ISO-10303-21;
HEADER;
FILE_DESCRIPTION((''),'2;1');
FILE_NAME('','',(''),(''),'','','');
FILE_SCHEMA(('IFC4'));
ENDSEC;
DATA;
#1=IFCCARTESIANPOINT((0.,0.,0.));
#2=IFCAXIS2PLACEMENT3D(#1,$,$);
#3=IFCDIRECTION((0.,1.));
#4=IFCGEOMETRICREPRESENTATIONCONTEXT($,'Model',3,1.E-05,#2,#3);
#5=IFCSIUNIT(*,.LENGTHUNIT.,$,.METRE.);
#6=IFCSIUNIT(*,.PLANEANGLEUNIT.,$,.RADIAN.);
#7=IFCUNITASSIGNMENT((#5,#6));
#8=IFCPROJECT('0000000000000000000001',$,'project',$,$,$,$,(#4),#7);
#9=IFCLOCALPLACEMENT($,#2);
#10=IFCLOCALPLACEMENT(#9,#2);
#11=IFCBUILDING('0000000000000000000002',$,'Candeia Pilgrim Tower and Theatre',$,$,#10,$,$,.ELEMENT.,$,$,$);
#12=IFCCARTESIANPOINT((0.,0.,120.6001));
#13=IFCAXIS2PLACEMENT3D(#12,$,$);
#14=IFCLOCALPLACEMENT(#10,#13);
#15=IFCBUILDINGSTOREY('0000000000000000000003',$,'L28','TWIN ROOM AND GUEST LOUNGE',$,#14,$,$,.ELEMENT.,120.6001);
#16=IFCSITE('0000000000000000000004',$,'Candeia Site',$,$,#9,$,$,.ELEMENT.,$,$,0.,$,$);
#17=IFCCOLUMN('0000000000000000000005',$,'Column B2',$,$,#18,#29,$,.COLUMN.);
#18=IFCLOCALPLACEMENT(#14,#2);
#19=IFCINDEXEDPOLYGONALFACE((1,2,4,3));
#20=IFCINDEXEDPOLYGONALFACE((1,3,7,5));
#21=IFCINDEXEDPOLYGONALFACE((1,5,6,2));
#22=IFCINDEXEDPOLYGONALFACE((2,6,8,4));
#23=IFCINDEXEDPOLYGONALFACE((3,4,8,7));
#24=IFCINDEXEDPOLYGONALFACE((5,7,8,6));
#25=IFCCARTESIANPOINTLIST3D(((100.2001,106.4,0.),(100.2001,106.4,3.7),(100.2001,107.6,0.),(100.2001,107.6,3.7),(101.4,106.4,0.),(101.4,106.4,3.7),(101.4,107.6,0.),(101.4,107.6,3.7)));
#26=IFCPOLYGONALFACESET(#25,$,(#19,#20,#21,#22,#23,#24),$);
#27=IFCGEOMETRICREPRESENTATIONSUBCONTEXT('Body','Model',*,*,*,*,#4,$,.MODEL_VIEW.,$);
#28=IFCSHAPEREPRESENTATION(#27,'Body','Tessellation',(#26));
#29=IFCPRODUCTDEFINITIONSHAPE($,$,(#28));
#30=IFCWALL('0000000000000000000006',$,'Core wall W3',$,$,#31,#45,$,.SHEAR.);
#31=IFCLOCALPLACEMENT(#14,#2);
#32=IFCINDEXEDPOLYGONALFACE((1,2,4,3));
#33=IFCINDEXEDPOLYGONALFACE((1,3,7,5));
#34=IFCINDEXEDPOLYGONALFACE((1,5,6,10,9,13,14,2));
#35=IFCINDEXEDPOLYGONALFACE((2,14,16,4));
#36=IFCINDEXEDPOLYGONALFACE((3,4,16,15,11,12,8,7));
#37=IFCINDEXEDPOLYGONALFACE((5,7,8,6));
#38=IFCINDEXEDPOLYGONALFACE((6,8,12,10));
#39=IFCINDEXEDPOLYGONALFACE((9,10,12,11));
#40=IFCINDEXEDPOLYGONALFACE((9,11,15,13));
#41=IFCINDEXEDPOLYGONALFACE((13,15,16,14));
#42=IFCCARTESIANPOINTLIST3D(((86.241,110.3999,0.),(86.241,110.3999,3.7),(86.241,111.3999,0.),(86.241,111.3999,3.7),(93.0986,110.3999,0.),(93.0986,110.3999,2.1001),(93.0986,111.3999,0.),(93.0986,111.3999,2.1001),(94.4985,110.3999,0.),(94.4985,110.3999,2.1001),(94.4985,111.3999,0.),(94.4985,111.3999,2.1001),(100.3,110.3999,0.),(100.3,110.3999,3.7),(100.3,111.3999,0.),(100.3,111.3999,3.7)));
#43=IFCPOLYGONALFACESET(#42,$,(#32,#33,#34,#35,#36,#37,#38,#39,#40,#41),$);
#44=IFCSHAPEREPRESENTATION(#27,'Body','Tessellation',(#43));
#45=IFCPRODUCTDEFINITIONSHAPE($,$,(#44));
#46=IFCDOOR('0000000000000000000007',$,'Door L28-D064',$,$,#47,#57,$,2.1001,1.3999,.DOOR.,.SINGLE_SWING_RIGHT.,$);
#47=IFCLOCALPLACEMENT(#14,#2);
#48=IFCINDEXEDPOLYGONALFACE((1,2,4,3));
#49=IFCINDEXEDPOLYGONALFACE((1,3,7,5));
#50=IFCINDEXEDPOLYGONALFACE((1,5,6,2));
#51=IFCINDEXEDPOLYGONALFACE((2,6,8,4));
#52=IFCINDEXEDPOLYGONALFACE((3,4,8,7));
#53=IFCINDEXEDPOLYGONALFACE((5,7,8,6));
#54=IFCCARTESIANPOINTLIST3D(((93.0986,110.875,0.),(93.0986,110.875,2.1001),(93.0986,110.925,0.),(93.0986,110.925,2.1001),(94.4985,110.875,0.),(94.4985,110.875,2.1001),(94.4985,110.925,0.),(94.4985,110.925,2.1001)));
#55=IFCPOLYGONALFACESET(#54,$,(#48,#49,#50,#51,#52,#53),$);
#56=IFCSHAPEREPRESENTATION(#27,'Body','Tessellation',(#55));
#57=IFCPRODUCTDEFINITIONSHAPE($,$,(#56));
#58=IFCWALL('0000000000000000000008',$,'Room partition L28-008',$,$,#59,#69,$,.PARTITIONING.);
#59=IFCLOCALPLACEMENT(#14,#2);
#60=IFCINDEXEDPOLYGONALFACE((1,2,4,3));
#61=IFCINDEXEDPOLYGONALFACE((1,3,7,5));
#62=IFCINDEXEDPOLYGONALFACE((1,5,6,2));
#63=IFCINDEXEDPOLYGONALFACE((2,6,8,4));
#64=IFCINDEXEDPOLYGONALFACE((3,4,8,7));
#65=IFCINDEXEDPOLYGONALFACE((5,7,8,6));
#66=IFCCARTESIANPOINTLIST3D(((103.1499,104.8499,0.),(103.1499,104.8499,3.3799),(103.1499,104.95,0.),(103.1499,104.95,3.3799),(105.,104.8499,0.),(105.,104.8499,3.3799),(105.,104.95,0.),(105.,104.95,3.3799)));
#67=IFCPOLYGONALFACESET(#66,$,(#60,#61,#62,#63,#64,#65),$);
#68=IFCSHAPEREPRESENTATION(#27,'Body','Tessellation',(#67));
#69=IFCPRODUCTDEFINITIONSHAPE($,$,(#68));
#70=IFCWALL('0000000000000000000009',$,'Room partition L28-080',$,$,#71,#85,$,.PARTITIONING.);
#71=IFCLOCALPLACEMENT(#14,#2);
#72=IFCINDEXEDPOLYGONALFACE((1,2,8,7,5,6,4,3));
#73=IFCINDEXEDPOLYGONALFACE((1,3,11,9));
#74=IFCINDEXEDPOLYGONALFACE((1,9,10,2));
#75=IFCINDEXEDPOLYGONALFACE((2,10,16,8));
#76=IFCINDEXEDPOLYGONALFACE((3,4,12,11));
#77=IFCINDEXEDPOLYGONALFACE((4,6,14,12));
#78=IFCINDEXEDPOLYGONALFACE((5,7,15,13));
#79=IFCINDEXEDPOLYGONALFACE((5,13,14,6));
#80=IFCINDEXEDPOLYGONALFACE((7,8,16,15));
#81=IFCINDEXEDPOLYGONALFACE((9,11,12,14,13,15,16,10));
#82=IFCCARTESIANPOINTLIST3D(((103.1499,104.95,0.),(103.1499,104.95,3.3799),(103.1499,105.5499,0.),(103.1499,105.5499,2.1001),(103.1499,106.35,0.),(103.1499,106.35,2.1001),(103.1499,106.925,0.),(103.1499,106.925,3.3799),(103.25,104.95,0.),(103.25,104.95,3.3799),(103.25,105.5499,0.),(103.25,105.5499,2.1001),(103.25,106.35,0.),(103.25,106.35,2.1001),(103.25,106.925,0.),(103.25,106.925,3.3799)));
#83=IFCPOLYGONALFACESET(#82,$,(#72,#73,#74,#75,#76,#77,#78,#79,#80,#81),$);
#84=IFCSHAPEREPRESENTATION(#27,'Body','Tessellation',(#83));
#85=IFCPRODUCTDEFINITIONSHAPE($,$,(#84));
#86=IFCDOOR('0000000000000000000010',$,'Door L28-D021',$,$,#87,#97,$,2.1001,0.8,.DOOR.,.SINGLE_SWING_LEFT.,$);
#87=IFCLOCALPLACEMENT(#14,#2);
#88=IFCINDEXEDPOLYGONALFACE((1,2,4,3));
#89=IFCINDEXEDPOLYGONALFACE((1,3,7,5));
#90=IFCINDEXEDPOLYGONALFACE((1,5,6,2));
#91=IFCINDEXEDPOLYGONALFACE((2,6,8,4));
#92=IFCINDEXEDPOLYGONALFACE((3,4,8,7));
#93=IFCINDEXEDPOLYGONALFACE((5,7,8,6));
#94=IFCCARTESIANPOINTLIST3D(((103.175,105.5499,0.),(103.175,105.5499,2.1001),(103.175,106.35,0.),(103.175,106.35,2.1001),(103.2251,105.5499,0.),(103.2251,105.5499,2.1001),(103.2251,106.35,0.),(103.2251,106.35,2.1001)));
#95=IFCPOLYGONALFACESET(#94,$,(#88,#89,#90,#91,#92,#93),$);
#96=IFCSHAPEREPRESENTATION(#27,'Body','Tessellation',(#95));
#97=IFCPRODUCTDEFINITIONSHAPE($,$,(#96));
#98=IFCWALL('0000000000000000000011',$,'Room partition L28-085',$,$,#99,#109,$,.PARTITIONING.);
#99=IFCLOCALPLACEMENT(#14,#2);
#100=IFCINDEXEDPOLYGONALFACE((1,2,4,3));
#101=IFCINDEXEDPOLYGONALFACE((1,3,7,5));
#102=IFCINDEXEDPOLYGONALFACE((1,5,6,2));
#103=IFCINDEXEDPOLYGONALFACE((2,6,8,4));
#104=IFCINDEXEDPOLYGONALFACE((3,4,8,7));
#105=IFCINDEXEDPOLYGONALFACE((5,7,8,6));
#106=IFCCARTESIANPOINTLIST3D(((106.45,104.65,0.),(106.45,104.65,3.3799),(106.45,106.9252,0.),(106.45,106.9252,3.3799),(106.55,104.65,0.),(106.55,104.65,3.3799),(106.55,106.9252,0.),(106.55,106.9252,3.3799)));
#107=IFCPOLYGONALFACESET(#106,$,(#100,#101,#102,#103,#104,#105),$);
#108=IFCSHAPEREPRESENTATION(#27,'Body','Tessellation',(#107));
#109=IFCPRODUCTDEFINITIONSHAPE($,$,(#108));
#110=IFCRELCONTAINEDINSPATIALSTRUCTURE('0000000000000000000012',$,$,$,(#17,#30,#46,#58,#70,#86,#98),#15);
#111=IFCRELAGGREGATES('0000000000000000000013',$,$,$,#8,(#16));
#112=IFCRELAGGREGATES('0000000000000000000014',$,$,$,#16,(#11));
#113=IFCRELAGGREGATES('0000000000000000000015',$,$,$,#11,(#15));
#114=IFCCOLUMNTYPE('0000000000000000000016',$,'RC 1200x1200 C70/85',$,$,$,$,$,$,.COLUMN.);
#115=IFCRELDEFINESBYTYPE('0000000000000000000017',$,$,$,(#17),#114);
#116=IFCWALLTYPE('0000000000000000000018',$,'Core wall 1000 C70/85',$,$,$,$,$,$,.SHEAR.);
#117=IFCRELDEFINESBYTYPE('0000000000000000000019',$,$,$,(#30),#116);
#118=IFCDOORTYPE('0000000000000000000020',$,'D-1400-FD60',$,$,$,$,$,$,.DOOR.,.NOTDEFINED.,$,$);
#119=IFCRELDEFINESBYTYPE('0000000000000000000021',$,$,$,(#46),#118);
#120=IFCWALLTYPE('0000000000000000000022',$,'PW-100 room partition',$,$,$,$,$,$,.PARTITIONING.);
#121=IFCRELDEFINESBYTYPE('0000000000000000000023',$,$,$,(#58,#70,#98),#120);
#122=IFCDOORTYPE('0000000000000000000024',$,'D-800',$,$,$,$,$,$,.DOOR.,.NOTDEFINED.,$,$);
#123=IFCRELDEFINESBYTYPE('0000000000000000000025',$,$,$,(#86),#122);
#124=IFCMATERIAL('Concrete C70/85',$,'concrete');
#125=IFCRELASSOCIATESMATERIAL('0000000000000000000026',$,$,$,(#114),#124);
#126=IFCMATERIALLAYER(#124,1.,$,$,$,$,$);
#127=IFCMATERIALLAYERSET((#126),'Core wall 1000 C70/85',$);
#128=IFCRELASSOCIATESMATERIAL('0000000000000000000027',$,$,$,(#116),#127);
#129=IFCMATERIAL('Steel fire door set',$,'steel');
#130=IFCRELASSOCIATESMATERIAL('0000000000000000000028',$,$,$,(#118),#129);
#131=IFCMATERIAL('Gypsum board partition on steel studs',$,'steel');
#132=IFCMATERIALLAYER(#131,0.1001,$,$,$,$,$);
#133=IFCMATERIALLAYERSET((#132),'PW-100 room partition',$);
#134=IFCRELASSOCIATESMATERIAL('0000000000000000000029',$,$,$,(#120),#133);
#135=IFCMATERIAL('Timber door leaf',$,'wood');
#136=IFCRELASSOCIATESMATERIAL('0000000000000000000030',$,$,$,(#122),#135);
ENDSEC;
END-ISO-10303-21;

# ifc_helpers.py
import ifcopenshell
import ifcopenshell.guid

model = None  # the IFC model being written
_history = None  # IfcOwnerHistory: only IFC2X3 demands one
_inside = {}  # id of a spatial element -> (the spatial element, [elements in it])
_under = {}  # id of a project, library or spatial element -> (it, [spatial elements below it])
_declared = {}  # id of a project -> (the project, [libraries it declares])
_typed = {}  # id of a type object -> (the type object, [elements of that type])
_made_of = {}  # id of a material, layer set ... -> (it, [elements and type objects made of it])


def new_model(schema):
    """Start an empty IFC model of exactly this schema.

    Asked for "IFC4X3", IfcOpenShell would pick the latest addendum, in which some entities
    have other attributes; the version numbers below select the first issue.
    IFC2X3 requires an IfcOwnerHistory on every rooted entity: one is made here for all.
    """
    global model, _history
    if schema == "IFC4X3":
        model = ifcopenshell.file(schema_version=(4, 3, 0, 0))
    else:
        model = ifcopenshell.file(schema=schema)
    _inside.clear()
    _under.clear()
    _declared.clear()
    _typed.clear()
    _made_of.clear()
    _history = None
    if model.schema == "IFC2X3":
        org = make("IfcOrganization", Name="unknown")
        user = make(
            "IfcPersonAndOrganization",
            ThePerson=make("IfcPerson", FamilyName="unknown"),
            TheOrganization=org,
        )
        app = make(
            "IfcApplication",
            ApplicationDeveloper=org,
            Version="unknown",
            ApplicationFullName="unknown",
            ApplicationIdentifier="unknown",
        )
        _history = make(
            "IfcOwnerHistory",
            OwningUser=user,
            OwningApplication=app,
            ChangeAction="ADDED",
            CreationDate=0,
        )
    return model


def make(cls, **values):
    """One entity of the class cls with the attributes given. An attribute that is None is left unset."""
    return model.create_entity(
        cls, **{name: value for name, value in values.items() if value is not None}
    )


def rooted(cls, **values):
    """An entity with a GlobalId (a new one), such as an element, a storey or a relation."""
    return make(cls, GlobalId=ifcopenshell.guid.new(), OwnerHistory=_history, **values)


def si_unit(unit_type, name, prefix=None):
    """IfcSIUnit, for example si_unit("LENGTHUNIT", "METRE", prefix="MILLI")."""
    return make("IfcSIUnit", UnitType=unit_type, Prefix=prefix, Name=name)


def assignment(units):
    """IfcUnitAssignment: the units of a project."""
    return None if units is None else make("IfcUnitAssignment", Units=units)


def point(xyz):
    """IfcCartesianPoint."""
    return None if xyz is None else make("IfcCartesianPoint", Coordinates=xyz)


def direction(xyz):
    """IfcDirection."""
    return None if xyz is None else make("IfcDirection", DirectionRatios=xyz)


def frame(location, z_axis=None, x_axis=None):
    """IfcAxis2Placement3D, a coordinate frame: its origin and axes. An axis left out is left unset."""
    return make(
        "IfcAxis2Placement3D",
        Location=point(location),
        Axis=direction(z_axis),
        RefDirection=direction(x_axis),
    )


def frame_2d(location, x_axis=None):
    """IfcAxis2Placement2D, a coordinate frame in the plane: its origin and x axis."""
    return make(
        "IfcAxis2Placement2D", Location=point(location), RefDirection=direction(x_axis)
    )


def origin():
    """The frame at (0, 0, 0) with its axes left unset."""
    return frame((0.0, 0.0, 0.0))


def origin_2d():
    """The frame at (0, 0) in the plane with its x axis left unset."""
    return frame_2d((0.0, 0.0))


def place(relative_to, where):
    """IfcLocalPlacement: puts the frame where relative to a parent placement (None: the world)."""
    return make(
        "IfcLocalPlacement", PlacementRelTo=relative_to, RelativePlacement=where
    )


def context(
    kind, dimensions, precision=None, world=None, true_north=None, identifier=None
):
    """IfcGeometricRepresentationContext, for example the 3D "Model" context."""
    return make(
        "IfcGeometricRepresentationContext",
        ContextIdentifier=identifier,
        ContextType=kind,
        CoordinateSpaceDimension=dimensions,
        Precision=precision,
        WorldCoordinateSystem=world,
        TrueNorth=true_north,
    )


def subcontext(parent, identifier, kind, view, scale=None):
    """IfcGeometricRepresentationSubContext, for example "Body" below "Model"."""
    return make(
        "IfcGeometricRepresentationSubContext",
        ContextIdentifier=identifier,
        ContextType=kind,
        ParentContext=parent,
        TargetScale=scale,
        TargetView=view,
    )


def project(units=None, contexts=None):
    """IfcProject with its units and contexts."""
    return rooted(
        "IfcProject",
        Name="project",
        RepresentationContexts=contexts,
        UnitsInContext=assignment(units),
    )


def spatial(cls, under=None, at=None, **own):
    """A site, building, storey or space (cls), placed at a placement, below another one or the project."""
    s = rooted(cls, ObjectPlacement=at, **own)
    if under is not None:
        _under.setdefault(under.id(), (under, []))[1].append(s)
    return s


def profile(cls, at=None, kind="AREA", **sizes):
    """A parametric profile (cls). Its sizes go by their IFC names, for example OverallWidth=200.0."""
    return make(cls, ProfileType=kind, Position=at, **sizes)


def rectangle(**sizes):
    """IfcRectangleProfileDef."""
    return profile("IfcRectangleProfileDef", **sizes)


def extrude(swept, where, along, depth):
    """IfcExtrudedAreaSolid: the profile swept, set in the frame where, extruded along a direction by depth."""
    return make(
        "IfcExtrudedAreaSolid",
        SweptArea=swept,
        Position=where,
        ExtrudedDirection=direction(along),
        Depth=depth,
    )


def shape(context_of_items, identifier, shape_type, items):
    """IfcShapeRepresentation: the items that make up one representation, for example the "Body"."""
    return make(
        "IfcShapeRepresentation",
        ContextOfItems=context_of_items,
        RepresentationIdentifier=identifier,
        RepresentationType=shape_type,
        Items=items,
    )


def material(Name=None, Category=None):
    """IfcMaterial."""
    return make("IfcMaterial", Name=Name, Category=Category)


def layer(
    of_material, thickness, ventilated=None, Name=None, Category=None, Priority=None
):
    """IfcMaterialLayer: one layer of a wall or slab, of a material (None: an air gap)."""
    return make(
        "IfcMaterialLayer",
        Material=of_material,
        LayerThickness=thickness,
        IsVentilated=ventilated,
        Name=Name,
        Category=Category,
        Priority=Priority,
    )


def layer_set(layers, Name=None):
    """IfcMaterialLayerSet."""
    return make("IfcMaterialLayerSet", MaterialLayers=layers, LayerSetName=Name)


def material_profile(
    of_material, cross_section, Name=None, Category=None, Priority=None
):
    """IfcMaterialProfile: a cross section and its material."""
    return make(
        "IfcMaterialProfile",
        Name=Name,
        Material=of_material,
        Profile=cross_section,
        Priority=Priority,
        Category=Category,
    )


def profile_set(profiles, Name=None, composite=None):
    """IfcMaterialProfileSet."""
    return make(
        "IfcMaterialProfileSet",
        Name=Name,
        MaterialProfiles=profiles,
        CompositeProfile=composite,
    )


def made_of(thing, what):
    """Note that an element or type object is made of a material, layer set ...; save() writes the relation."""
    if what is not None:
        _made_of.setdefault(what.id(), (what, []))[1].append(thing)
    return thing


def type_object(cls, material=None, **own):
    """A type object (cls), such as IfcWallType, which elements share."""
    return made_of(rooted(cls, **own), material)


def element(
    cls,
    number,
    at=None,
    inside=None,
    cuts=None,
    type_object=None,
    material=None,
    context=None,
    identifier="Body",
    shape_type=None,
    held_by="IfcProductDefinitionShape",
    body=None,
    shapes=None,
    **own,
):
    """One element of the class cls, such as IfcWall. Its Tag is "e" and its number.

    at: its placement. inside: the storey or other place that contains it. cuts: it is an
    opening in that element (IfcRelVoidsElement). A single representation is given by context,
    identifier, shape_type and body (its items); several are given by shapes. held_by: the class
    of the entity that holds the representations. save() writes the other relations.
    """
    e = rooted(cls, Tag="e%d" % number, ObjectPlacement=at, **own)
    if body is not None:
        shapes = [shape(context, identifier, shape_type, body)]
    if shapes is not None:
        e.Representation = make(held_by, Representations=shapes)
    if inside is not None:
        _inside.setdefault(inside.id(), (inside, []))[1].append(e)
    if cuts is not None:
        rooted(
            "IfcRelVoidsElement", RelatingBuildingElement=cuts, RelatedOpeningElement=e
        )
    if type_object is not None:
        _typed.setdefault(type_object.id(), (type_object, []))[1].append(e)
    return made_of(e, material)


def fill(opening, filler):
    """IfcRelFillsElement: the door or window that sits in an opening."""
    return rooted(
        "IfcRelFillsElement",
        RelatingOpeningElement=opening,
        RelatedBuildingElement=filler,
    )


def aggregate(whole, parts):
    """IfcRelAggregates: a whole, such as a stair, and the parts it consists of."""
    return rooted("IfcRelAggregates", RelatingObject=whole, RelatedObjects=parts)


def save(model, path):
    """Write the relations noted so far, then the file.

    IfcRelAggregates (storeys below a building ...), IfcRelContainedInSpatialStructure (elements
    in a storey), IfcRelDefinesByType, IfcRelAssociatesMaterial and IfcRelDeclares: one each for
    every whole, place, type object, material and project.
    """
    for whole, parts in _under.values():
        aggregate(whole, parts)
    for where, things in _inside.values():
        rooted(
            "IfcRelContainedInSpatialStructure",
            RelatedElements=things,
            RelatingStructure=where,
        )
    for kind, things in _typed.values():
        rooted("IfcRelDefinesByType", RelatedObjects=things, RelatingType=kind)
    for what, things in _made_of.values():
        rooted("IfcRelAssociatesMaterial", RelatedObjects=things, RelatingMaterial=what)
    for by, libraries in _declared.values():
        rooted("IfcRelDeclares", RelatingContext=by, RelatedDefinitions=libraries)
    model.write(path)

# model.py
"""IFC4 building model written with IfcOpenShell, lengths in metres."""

from ifc_helpers import new_model, si_unit, direction, frame, frame_2d, origin, origin_2d, place, context, subcontext, project, spatial, rectangle, extrude, material, layer, layer_set, material_profile, profile_set, type_object, element, fill, save


model = new_model("IFC4")

# Units and contexts
model_context = context("Model", 3, precision=1e-05, world=origin(), true_north=direction((0.0, 1.0)))
body_context = subcontext(model_context, "Body", "Model", "MODEL_VIEW")
ifc_project = project(units=[si_unit("LENGTHUNIT", "METRE"), si_unit("PLANEANGLEUNIT", "RADIAN")], contexts=[model_context])

# Site, building, storey
site_placement = place(None, origin())
site = spatial("IfcSite", under=ifc_project, at=site_placement, Name="Candeia Site", CompositionType="ELEMENT", RefElevation=0.0)
building_placement = place(site_placement, origin())
building = spatial("IfcBuilding", under=site, at=building_placement, Name="Candeia Pilgrim Tower and Theatre", CompositionType="ELEMENT")
storey_placement = place(building_placement, frame((0.0, 0.0, 120.6001)))
storey = spatial("IfcBuildingStorey", under=building, at=storey_placement, Name="L28", Description="TWIN ROOM AND GUEST LOUNGE", CompositionType="ELEMENT", Elevation=120.6001)

# Column
ifc_material_1 = material(Name="Concrete C70/85", Category="concrete")
ifc_material_profile = material_profile(ifc_material_1, rectangle(XDim=1.2, YDim=1.2, at=origin_2d()))
ifc_profile_set = profile_set([ifc_material_profile], Name="Concrete C70/85")
column_type = type_object("IfcColumnType", Name="RC 1200x1200 C70/85", PredefinedType="COLUMN", material=ifc_profile_set)
column_placement = place(storey_placement, frame((100.8, 107.0, 0.0), z_axis=(0.0, 0.0, 1.0), x_axis=(1.0, 0.0, 0.0)))
element("IfcColumn", 1, at=column_placement, inside=storey, type_object=column_type, Name="Column B2", PredefinedType="COLUMN", context=body_context, shape_type="SweptSolid", body=[
    extrude(rectangle(XDim=1.2, YDim=1.2, at=origin_2d()), origin(), (0.0, 0.0, 1.0), 3.7),
])

# Wall, opening, door
ifc_layer_1 = layer(ifc_material_1, 1.0)
ifc_layer_set_1 = layer_set([ifc_layer_1], Name="Core wall 1000 C70/85")
wall_type_1 = type_object("IfcWallType", Name="Core wall 1000 C70/85", PredefinedType="SHEAR", material=ifc_layer_set_1)
wall_1_placement = place(storey_placement, frame((100.3, 110.8999, 0.0), z_axis=(0.0, 0.0, 1.0), x_axis=(-1.0, 0.0, 0.0)))
wall_1 = element("IfcWall", 2, at=wall_1_placement, inside=storey, type_object=wall_type_1, Name="Core wall W3", PredefinedType="SHEAR", context=body_context, shape_type="SweptSolid", body=[
    extrude(rectangle(XDim=14.0591, YDim=1.0, at=frame_2d((7.0295, 0.0))), origin(), (0.0, 0.0, 1.0), 3.7),
])
opening_1_placement = place(wall_1_placement, frame((5.8015, 0.0, 0.0)))
opening_1 = element("IfcOpeningElement", 3, at=opening_1_placement, cuts=wall_1, PredefinedType="OPENING", context=body_context, shape_type="SweptSolid", body=[
    extrude(rectangle(XDim=1.3999, YDim=2.1001, at=frame_2d((0.7, 1.05))), frame((0.0, 0.51, 0.0), z_axis=(0.0, -1.0, 0.0), x_axis=(1.0, 0.0, 0.0)), (0.0, 0.0, 1.0), 1.02),
])
ifc_material_2 = material(Name="Steel fire door set", Category="steel")
door_type_1 = type_object("IfcDoorType", Name="D-1400-FD60", OperationType="NOTDEFINED", PredefinedType="DOOR", material=ifc_material_2)
door_1_placement = place(opening_1_placement, origin())
door_1 = element("IfcDoor", 4, at=door_1_placement, inside=storey, type_object=door_type_1, Name="Door L28-D064", OperationType="SINGLE_SWING_RIGHT", OverallHeight=2.1001, OverallWidth=1.3999, PredefinedType="DOOR", context=body_context, shape_type="SweptSolid", body=[
    extrude(rectangle(XDim=1.3999, YDim=2.1001, at=frame_2d((0.7, 1.05))), frame((0.0, 0.0249, 0.0), z_axis=(0.0, -1.0, 0.0), x_axis=(1.0, 0.0, 0.0)), (0.0, 0.0, 1.0), 0.05),
])
fill(opening_1, door_1)

# Wall
ifc_material_3 = material(Name="Gypsum board partition on steel studs", Category="steel")
ifc_layer_2 = layer(ifc_material_3, 0.1001)
ifc_layer_set_2 = layer_set([ifc_layer_2], Name="PW-100 room partition")
wall_type_2 = type_object("IfcWallType", Name="PW-100 room partition", PredefinedType="PARTITIONING", material=ifc_layer_set_2)
wall_2_placement = place(storey_placement, frame((103.1499, 104.8999, 0.0), z_axis=(0.0, 0.0, 1.0), x_axis=(1.0, 0.0, 0.0)))
element("IfcWall", 5, at=wall_2_placement, inside=storey, type_object=wall_type_2, Name="Room partition L28-008", PredefinedType="PARTITIONING", context=body_context, shape_type="SweptSolid", body=[
    extrude(rectangle(XDim=1.8501, YDim=0.1001, at=frame_2d((0.925, 0.0))), origin(), (0.0, 0.0, 1.0), 3.3799),
])

# Wall, opening, door
wall_3_placement = place(storey_placement, frame((103.2, 104.95, 0.0), z_axis=(0.0, 0.0, 1.0), x_axis=(0.0, 1.0, 0.0)))
wall_3 = element("IfcWall", 6, at=wall_3_placement, inside=storey, type_object=wall_type_2, Name="Room partition L28-080", PredefinedType="PARTITIONING", context=body_context, shape_type="SweptSolid", body=[
    extrude(rectangle(XDim=1.9751, YDim=0.1001, at=frame_2d((0.9875, 0.0))), origin(), (0.0, 0.0, 1.0), 3.3799),
])
opening_2_placement = place(wall_3_placement, frame((0.6001, 0.0, 0.0)))
opening_2 = element("IfcOpeningElement", 7, at=opening_2_placement, cuts=wall_3, PredefinedType="OPENING", context=body_context, shape_type="SweptSolid", body=[
    extrude(rectangle(XDim=0.8, YDim=2.1001, at=frame_2d((0.3999, 1.05))), frame((0.0, 0.0601, 0.0), z_axis=(0.0, -1.0, 0.0), x_axis=(1.0, 0.0, 0.0)), (0.0, 0.0, 1.0), 0.1201),
])
ifc_material_4 = material(Name="Timber door leaf", Category="wood")
door_type_2 = type_object("IfcDoorType", Name="D-800", OperationType="NOTDEFINED", PredefinedType="DOOR", material=ifc_material_4)
door_2_placement = place(opening_2_placement, origin())
door_2 = element("IfcDoor", 8, at=door_2_placement, inside=storey, type_object=door_type_2, Name="Door L28-D021", OperationType="SINGLE_SWING_LEFT", OverallHeight=2.1001, OverallWidth=0.8, PredefinedType="DOOR", context=body_context, shape_type="SweptSolid", body=[
    extrude(rectangle(XDim=0.8, YDim=2.1001, at=frame_2d((0.3999, 1.05))), frame((0.0, 0.0249, 0.0), z_axis=(0.0, -1.0, 0.0), x_axis=(1.0, 0.0, 0.0)), (0.0, 0.0, 1.0), 0.05),
])
fill(opening_2, door_2)

# Wall
wall_4_placement = place(storey_placement, frame((106.5, 104.6499, 0.0), z_axis=(0.0, 0.0, 1.0), x_axis=(0.0, 1.0, 0.0)))
element("IfcWall", 9, at=wall_4_placement, inside=storey, type_object=wall_type_2, Name="Room partition L28-085", PredefinedType="PARTITIONING", context=body_context, shape_type="SweptSolid", body=[
    extrude(rectangle(XDim=2.2751, YDim=0.1001, at=frame_2d((1.1377, 0.0))), origin(), (0.0, 0.0, 1.0), 3.3799),
])

save(model, "model.ifc")
